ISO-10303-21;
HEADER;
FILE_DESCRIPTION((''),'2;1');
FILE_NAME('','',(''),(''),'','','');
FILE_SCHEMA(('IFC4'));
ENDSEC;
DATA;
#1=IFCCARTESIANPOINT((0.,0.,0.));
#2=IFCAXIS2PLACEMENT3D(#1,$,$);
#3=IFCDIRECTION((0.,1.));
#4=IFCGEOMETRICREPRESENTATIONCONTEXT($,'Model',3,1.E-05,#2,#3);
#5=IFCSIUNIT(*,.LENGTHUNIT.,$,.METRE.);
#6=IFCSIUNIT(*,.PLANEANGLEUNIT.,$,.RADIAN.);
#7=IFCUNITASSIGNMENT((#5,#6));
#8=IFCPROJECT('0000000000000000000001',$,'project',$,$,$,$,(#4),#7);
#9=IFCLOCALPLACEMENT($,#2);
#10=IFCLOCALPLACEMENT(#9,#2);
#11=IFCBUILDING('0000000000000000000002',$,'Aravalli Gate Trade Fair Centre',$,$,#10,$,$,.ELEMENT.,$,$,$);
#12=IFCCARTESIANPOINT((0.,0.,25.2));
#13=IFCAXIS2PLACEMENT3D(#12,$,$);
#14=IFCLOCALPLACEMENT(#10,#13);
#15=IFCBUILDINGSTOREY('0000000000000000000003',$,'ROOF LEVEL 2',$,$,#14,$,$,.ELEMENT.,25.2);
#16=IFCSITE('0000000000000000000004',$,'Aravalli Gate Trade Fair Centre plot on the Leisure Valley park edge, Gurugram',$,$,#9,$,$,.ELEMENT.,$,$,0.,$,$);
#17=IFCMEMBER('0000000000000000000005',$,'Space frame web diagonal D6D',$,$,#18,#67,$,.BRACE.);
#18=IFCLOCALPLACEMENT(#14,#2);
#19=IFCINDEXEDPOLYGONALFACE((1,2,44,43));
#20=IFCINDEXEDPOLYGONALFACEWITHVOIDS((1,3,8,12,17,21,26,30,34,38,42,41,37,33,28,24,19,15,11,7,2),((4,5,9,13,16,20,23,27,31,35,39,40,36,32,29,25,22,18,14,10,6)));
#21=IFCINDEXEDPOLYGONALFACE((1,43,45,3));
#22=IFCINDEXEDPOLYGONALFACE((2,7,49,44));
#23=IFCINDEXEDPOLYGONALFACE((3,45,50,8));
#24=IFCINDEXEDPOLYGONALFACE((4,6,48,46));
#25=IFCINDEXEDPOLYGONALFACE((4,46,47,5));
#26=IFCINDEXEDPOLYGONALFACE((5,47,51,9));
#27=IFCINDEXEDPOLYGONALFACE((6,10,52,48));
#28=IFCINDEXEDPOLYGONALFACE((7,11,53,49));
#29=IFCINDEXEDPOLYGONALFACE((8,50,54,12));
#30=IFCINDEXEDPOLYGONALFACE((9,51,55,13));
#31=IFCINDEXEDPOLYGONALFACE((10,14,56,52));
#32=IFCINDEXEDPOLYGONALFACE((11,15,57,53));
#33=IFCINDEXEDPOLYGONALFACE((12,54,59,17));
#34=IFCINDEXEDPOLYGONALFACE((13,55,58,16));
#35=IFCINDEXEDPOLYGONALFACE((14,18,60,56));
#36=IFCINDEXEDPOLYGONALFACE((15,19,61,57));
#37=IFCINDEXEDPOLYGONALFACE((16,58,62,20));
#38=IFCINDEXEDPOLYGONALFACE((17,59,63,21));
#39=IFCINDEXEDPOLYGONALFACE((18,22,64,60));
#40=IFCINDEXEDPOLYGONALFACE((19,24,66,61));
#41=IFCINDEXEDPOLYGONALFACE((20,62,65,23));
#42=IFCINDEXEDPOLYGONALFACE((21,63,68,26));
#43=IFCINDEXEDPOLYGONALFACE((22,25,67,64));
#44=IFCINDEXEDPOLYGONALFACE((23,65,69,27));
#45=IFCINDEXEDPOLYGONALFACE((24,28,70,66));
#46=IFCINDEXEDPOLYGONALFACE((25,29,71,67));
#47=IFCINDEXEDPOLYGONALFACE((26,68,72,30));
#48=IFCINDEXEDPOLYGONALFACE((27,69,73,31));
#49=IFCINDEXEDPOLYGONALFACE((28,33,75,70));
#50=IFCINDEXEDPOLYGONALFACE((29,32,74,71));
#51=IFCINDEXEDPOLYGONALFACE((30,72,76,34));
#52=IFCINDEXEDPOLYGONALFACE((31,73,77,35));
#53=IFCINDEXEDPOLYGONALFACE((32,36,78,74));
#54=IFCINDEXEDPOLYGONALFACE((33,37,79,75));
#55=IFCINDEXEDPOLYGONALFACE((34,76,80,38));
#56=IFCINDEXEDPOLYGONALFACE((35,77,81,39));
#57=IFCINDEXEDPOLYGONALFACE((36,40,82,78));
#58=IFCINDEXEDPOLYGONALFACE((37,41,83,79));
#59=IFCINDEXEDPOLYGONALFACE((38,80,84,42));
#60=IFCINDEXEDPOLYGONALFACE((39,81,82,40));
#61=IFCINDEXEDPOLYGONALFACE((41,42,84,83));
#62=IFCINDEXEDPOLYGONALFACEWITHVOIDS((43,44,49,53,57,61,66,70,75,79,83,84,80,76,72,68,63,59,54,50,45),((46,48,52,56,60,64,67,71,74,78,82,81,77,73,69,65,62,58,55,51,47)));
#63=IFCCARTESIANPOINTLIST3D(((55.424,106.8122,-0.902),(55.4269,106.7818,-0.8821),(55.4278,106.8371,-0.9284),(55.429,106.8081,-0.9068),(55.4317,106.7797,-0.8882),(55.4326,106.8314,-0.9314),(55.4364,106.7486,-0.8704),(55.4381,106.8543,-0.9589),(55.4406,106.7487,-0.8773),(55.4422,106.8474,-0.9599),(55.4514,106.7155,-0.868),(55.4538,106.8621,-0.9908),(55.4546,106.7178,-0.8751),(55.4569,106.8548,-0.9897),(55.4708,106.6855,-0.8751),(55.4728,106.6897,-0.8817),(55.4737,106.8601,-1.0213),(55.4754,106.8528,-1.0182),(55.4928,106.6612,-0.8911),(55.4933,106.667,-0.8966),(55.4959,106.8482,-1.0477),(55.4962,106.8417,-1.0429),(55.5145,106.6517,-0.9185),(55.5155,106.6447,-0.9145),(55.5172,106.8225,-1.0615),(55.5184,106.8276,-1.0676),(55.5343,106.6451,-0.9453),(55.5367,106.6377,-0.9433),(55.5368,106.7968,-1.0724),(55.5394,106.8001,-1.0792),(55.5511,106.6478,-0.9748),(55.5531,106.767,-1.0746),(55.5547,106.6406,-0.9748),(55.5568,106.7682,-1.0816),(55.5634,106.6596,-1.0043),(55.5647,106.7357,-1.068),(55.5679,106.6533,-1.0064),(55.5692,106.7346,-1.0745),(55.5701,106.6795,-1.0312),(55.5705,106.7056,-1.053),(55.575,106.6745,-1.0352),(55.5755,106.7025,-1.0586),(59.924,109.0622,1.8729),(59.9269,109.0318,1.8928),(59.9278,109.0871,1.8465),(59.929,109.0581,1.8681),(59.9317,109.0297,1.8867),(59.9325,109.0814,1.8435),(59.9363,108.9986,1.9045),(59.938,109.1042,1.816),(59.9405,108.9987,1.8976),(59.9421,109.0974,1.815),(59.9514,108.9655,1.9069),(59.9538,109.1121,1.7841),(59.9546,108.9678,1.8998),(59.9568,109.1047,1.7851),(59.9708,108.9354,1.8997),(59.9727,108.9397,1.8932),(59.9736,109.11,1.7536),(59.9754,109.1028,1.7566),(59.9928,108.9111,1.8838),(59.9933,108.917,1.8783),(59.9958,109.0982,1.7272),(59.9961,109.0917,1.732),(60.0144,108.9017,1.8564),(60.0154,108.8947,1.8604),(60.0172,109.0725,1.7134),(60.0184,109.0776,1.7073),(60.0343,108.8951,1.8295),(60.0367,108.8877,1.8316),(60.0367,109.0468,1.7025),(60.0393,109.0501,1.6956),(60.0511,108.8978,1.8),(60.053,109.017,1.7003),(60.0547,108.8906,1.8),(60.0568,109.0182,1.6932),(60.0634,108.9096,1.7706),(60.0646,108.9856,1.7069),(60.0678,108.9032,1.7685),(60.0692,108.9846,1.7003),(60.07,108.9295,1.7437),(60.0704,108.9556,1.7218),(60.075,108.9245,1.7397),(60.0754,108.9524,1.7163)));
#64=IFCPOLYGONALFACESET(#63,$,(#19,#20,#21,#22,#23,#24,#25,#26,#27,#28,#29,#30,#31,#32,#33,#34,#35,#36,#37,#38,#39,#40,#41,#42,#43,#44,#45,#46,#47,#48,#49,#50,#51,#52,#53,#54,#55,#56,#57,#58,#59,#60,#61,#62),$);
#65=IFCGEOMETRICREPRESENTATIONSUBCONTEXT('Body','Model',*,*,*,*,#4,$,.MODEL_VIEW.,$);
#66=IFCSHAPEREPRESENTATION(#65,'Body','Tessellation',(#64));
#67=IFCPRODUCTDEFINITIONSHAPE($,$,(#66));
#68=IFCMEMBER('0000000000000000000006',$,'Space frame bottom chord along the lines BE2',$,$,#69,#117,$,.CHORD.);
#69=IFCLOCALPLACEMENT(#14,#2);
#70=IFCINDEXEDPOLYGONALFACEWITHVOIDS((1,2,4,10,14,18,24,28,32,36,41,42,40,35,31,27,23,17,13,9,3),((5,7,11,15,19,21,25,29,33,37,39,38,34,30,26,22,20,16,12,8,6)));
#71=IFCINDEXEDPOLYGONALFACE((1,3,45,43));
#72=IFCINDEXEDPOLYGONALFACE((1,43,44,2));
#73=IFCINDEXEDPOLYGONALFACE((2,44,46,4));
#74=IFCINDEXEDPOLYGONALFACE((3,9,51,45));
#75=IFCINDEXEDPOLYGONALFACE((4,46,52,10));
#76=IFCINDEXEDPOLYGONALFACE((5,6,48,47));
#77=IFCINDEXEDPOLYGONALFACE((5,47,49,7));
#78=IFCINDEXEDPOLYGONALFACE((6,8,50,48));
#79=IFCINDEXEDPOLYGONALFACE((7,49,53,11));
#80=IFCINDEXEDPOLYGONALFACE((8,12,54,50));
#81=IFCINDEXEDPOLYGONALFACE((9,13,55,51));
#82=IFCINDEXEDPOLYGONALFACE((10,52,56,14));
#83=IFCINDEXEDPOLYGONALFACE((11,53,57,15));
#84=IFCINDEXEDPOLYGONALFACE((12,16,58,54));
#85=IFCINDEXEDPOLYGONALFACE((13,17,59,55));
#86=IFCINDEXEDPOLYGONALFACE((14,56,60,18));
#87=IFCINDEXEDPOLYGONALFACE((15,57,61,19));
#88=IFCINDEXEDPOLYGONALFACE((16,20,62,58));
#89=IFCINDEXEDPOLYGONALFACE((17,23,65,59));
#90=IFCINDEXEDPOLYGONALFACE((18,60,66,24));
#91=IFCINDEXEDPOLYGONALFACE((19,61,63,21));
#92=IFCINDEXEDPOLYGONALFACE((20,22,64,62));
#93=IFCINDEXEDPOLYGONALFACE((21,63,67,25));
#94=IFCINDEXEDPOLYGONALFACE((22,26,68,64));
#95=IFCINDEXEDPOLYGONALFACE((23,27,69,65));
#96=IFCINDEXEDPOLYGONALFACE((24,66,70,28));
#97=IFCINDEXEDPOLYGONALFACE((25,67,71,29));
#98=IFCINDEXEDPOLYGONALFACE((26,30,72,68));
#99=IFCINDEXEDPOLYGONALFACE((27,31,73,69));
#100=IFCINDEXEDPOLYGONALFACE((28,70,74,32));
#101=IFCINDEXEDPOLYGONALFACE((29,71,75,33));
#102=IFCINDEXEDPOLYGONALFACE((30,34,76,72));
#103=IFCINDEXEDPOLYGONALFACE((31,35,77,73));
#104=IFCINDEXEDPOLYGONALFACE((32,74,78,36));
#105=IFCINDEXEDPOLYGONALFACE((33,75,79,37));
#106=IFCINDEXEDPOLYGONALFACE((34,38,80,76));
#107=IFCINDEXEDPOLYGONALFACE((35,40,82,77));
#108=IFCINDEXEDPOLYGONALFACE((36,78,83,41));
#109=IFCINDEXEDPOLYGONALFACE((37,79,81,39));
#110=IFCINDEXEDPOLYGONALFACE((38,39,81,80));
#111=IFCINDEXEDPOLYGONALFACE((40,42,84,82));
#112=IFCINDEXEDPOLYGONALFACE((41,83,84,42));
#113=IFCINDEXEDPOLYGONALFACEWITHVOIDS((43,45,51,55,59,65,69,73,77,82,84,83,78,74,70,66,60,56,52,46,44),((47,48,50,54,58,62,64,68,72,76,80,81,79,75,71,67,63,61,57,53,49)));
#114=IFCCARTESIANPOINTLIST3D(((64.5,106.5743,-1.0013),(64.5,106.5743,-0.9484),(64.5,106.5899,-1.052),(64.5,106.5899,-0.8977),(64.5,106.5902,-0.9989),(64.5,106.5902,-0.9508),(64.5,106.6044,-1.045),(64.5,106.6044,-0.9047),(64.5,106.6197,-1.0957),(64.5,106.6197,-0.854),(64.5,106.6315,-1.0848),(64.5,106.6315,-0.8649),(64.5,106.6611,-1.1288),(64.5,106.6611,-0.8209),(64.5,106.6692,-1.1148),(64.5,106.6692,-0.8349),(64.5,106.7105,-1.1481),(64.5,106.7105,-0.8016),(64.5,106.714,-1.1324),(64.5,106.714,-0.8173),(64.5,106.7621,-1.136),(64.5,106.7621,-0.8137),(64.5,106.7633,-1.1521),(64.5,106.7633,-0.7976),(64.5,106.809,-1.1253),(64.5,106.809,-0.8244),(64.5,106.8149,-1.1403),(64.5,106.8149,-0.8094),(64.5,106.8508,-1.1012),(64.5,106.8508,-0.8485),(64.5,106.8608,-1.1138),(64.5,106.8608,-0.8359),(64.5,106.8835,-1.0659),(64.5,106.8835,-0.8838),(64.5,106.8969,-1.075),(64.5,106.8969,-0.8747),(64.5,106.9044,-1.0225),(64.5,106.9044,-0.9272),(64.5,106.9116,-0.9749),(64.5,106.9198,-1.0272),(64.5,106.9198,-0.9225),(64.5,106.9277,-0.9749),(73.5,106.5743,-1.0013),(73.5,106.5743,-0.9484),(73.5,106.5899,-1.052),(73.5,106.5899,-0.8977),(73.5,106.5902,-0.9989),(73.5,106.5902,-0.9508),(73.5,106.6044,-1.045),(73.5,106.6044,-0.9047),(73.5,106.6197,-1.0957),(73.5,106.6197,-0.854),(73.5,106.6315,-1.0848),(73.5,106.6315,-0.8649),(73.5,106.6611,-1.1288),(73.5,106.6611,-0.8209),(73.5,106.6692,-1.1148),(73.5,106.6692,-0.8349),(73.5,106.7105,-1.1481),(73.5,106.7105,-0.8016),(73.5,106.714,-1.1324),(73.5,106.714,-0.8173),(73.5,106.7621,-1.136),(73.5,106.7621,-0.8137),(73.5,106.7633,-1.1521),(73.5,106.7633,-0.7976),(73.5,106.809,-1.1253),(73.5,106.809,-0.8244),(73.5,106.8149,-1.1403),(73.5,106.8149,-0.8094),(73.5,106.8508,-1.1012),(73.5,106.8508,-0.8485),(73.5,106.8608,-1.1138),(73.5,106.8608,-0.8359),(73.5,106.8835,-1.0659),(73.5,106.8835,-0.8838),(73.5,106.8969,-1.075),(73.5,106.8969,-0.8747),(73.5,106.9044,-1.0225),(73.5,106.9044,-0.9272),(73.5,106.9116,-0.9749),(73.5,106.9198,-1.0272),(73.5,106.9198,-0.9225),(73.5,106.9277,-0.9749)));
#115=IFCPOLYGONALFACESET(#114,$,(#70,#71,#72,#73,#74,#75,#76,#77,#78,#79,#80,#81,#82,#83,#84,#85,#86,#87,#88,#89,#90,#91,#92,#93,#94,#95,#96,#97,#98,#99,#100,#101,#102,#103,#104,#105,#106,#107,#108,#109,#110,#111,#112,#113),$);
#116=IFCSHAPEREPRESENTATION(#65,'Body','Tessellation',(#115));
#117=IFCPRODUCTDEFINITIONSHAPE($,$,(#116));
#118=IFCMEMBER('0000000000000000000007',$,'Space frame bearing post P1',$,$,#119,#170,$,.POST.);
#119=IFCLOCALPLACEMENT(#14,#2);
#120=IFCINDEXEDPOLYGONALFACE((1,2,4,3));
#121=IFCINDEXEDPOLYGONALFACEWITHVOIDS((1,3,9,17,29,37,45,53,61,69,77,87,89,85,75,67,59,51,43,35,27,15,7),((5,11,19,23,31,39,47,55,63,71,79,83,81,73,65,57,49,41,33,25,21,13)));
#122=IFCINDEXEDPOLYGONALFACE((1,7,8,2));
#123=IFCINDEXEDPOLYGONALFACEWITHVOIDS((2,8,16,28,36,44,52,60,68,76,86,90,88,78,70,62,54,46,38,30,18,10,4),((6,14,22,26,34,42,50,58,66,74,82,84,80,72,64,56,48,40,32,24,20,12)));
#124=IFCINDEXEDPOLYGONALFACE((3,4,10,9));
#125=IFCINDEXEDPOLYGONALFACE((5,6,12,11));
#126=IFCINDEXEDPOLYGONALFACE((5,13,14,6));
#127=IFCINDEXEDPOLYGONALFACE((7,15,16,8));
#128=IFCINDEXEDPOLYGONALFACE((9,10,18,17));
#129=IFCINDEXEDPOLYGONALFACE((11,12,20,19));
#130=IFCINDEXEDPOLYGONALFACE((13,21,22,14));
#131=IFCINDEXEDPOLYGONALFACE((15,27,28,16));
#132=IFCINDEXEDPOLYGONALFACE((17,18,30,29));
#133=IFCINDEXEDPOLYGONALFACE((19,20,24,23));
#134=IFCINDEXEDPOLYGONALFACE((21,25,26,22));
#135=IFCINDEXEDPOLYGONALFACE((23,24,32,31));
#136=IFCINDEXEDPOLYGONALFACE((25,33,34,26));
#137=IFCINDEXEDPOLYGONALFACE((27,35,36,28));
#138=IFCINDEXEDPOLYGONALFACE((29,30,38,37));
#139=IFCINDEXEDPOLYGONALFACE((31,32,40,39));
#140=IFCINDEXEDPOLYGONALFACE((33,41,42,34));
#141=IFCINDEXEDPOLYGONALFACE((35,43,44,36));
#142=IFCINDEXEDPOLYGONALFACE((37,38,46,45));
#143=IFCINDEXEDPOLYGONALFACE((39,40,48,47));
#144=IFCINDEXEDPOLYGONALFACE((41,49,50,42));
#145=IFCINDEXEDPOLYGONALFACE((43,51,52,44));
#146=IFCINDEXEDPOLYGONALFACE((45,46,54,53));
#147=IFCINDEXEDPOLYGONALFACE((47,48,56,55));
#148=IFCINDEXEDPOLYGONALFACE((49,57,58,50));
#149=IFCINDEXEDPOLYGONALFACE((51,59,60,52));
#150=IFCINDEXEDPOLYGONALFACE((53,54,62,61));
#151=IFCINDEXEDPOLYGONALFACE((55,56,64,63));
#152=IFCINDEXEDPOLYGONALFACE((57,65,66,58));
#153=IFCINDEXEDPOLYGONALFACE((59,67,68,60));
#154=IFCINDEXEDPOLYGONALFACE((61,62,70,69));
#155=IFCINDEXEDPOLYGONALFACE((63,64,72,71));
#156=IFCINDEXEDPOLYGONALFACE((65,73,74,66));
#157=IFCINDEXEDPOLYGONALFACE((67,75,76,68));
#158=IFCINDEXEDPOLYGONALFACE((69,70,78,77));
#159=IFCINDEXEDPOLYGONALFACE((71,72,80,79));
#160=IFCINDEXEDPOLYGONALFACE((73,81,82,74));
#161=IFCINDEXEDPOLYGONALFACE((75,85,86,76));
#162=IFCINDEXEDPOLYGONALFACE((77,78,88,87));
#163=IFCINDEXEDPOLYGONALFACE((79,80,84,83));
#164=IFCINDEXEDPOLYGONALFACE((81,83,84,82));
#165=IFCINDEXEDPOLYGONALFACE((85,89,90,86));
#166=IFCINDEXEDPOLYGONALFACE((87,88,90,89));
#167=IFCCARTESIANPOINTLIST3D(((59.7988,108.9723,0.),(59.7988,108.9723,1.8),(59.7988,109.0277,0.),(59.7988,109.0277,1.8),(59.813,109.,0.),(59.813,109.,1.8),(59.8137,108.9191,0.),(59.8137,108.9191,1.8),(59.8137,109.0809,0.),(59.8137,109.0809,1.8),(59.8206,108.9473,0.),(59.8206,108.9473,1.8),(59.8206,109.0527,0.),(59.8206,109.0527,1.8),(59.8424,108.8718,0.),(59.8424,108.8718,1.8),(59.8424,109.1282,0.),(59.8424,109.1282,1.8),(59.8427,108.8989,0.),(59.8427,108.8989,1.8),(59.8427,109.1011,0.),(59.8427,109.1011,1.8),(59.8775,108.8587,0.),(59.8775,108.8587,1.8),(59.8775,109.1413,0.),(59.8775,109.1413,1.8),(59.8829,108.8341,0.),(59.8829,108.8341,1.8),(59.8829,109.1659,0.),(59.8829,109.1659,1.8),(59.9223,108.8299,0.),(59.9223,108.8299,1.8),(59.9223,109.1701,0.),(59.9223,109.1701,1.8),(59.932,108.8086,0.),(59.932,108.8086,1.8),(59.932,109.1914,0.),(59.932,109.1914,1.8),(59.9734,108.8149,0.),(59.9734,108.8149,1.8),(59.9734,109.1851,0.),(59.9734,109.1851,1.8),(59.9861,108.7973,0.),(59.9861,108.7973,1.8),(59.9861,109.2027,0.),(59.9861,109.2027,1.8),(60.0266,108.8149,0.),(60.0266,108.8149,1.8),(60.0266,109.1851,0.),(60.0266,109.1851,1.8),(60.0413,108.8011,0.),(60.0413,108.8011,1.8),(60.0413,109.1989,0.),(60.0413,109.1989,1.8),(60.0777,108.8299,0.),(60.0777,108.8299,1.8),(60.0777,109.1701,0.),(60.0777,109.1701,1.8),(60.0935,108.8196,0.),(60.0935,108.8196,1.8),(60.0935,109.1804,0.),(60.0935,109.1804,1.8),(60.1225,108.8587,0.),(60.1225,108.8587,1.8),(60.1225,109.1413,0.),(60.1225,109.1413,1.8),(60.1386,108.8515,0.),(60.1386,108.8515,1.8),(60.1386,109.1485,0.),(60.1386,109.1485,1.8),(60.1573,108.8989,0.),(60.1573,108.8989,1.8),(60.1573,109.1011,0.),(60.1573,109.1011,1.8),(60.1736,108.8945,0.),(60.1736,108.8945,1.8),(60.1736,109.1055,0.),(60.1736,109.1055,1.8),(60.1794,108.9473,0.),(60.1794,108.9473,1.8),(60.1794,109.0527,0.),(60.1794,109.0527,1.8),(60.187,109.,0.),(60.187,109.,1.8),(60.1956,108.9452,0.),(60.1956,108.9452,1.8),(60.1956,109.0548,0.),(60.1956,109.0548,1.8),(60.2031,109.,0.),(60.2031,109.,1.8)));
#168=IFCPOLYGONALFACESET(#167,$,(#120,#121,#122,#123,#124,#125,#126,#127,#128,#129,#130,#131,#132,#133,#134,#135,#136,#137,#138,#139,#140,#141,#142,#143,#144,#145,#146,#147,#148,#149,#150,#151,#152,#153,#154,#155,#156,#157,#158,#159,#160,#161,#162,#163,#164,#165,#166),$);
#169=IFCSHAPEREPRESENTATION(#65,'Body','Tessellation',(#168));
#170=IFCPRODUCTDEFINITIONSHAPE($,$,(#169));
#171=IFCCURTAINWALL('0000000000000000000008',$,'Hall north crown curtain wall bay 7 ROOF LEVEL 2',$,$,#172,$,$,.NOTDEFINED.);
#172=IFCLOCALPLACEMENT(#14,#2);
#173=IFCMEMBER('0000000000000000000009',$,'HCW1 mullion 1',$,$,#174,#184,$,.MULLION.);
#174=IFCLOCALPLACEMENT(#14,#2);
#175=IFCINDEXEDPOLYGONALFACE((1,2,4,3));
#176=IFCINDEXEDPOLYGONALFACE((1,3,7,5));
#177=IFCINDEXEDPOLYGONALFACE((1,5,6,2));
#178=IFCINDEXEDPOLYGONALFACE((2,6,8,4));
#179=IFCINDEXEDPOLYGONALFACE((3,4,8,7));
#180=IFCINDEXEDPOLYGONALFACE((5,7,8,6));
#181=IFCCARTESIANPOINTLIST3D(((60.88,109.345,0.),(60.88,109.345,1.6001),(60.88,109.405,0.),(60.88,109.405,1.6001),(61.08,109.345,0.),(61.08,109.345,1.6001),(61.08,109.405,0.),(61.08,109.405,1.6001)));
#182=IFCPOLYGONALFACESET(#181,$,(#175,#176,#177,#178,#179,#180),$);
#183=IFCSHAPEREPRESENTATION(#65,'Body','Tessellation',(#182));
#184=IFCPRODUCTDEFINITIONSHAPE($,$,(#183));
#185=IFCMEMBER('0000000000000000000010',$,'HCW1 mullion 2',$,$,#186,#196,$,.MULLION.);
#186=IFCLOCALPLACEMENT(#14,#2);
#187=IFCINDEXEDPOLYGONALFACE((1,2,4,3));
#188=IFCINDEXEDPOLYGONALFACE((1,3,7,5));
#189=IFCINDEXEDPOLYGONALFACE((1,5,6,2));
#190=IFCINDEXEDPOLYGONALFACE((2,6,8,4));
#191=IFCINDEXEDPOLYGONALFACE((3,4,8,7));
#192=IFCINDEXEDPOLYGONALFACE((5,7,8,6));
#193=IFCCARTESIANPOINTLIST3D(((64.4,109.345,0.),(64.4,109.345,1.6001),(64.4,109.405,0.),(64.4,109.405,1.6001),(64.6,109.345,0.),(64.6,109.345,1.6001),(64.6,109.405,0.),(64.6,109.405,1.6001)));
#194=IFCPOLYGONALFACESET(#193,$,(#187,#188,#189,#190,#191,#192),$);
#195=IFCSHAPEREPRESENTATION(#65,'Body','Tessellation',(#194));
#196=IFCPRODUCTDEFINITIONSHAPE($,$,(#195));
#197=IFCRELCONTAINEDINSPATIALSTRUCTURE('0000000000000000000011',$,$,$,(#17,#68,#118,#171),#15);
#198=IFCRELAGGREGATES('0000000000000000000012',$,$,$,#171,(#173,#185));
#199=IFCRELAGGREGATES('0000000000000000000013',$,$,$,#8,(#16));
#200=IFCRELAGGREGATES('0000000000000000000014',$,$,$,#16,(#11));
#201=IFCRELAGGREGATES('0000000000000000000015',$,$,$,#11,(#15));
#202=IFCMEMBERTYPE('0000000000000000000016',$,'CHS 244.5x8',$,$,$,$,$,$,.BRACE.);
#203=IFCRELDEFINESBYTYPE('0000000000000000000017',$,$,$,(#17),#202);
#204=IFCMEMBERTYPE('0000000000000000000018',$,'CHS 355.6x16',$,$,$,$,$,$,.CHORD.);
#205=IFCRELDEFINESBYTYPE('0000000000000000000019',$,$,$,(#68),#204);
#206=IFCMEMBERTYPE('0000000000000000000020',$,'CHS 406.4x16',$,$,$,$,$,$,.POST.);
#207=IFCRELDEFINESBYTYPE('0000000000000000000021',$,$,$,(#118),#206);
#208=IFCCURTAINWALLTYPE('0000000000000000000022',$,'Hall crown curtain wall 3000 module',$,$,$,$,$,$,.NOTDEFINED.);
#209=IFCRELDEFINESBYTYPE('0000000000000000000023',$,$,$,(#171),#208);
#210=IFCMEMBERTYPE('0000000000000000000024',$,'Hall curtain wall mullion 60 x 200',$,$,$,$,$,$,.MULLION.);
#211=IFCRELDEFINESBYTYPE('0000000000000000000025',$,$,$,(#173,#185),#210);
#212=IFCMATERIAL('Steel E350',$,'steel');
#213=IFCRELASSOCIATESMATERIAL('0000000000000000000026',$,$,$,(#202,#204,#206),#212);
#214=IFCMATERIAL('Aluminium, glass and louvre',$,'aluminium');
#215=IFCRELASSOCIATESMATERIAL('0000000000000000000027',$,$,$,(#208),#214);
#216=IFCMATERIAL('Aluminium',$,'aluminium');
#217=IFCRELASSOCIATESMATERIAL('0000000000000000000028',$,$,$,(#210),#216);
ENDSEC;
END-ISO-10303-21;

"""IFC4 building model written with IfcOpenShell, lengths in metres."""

from ifc_helpers import new_model, si_unit, direction, frame, origin, origin_2d, place, context, subcontext, project, spatial, rectangle, hollow_circle, extrude, material, material_profile, profile_set, type_object, element, aggregate, save


model = new_model("IFC4")

# Units and contexts
model_context = context("Model", 3, precision=1e-05, world=origin(), true_north=direction((0.0, 1.0)))
body_context = subcontext(model_context, "Body", "Model", "MODEL_VIEW")
ifc_project = project(units=[si_unit("LENGTHUNIT", "METRE"), si_unit("PLANEANGLEUNIT", "RADIAN")], contexts=[model_context])

# Site, building, storey
site_placement = place(None, origin())
site = spatial("IfcSite", under=ifc_project, at=site_placement, Name="Aravalli Gate Trade Fair Centre plot on the Leisure Valley park edge, Gurugram", CompositionType="ELEMENT", RefElevation=0.0)
building_placement = place(site_placement, origin())
building = spatial("IfcBuilding", under=site, at=building_placement, Name="Aravalli Gate Trade Fair Centre", CompositionType="ELEMENT")
storey_placement = place(building_placement, frame((0.0, 0.0, 25.2)))
storey = spatial("IfcBuildingStorey", under=building, at=storey_placement, Name="ROOF LEVEL 2", CompositionType="ELEMENT", Elevation=25.2)

# Members
ifc_material_1 = material(Name="Steel E350", Category="steel")
ifc_material_profile_1 = material_profile(ifc_material_1, hollow_circle(Radius=0.1223, WallThickness=0.0081, at=origin_2d()), Name="CHS 244.5x8")
ifc_profile_set_1 = profile_set([ifc_material_profile_1], Name="Steel E350")
member_type_1 = type_object("IfcMemberType", Name="CHS 244.5x8", PredefinedType="BRACE", material=ifc_profile_set_1)
member_1_placement = place(storey_placement, frame((60.0, 109.0, 1.8), z_axis=(-0.7832, -0.3916, -0.482956), x_axis=(0.447214, -0.894427, 0.0)))
element("IfcMember", 1, at=member_1_placement, inside=storey, type_object=member_type_1, Name="Space frame web diagonal D6D", PredefinedType="BRACE", context=body_context, shape_type="SweptSolid", body=[
    extrude(hollow_circle(Radius=0.1223, WallThickness=0.0081, at=origin_2d()), origin(), (0.0, 0.0, 1.0), 5.7456),
])
ifc_material_profile_2 = material_profile(ifc_material_1, hollow_circle(Radius=0.1777, WallThickness=0.0161, at=origin_2d()), Name="CHS 355.6x16")
ifc_profile_set_2 = profile_set([ifc_material_profile_2], Name="Steel E350")
member_type_2 = type_object("IfcMemberType", Name="CHS 355.6x16", PredefinedType="CHORD", material=ifc_profile_set_2)
member_2_placement = place(storey_placement, frame((64.5, 106.75, -0.9749), z_axis=(1.0, 0.0, 0.0), x_axis=(0.0, 1.0, 0.0)))
element("IfcMember", 2, at=member_2_placement, inside=storey, type_object=member_type_2, Name="Space frame bottom chord along the lines BE2", PredefinedType="CHORD", context=body_context, shape_type="SweptSolid", body=[
    extrude(hollow_circle(Radius=0.1777, WallThickness=0.0161, at=origin_2d()), origin(), (0.0, 0.0, 1.0), 9.0),
])
ifc_material_profile_3 = material_profile(ifc_material_1, hollow_circle(Radius=0.2031, WallThickness=0.0161, at=origin_2d()), Name="CHS 406.4x16")
ifc_profile_set_3 = profile_set([ifc_material_profile_3], Name="Steel E350")
member_type_3 = type_object("IfcMemberType", Name="CHS 406.4x16", PredefinedType="POST", material=ifc_profile_set_3)
member_3_placement = place(storey_placement, frame((60.0, 109.0, 0.0), z_axis=(0.0, 0.0, 1.0), x_axis=(1.0, 0.0, 0.0)))
element("IfcMember", 3, at=member_3_placement, inside=storey, type_object=member_type_3, Name="Space frame bearing post P1", PredefinedType="POST", context=body_context, shape_type="SweptSolid", body=[
    extrude(hollow_circle(Radius=0.2031, WallThickness=0.0161, at=origin_2d()), origin(), (0.0, 0.0, 1.0), 1.8),
])

# Curtain wall, members
ifc_material_2 = material(Name="Aluminium, glass and louvre", Category="aluminium")
curtain_wall_type = type_object("IfcCurtainWallType", Name="Hall crown curtain wall 3000 module", PredefinedType="NOTDEFINED", material=ifc_material_2)
curtain_wall_placement = place(storey_placement, origin())
curtain_wall = element("IfcCurtainWall", 4, at=curtain_wall_placement, inside=storey, type_object=curtain_wall_type, Name="Hall north crown curtain wall bay 7 ROOF LEVEL 2", PredefinedType="NOTDEFINED")
ifc_material_3 = material(Name="Aluminium", Category="aluminium")
ifc_material_profile_4 = material_profile(ifc_material_3, rectangle(XDim=0.0601, YDim=0.2, at=origin_2d()), Name="Hall curtain wall mullion 60 x 200")
ifc_profile_set_4 = profile_set([ifc_material_profile_4], Name="Aluminium")
member_type_4 = type_object("IfcMemberType", Name="Hall curtain wall mullion 60 x 200", PredefinedType="MULLION", material=ifc_profile_set_4)
member_4_placement = place(storey_placement, frame((60.98, 109.375, 0.0), z_axis=(0.0, 0.0, 1.0), x_axis=(0.0, 1.0, 0.0)))
member_4 = element("IfcMember", 5, at=member_4_placement, type_object=member_type_4, Name="HCW1 mullion 1", PredefinedType="MULLION", context=body_context, shape_type="SweptSolid", body=[
    extrude(rectangle(XDim=0.0601, YDim=0.2, at=origin_2d()), origin(), (0.0, 0.0, 1.0), 1.6001),
])
member_5_placement = place(storey_placement, frame((64.5, 109.375, 0.0), z_axis=(0.0, 0.0, 1.0), x_axis=(0.0, 1.0, 0.0)))
member_5 = element("IfcMember", 6, at=member_5_placement, type_object=member_type_4, Name="HCW1 mullion 2", PredefinedType="MULLION", context=body_context, shape_type="SweptSolid", body=[
    extrude(rectangle(XDim=0.0601, YDim=0.2, at=origin_2d()), origin(), (0.0, 0.0, 1.0), 1.6001),
])
aggregate(curtain_wall, [member_4, member_5])

save(model, "model.ifc")
